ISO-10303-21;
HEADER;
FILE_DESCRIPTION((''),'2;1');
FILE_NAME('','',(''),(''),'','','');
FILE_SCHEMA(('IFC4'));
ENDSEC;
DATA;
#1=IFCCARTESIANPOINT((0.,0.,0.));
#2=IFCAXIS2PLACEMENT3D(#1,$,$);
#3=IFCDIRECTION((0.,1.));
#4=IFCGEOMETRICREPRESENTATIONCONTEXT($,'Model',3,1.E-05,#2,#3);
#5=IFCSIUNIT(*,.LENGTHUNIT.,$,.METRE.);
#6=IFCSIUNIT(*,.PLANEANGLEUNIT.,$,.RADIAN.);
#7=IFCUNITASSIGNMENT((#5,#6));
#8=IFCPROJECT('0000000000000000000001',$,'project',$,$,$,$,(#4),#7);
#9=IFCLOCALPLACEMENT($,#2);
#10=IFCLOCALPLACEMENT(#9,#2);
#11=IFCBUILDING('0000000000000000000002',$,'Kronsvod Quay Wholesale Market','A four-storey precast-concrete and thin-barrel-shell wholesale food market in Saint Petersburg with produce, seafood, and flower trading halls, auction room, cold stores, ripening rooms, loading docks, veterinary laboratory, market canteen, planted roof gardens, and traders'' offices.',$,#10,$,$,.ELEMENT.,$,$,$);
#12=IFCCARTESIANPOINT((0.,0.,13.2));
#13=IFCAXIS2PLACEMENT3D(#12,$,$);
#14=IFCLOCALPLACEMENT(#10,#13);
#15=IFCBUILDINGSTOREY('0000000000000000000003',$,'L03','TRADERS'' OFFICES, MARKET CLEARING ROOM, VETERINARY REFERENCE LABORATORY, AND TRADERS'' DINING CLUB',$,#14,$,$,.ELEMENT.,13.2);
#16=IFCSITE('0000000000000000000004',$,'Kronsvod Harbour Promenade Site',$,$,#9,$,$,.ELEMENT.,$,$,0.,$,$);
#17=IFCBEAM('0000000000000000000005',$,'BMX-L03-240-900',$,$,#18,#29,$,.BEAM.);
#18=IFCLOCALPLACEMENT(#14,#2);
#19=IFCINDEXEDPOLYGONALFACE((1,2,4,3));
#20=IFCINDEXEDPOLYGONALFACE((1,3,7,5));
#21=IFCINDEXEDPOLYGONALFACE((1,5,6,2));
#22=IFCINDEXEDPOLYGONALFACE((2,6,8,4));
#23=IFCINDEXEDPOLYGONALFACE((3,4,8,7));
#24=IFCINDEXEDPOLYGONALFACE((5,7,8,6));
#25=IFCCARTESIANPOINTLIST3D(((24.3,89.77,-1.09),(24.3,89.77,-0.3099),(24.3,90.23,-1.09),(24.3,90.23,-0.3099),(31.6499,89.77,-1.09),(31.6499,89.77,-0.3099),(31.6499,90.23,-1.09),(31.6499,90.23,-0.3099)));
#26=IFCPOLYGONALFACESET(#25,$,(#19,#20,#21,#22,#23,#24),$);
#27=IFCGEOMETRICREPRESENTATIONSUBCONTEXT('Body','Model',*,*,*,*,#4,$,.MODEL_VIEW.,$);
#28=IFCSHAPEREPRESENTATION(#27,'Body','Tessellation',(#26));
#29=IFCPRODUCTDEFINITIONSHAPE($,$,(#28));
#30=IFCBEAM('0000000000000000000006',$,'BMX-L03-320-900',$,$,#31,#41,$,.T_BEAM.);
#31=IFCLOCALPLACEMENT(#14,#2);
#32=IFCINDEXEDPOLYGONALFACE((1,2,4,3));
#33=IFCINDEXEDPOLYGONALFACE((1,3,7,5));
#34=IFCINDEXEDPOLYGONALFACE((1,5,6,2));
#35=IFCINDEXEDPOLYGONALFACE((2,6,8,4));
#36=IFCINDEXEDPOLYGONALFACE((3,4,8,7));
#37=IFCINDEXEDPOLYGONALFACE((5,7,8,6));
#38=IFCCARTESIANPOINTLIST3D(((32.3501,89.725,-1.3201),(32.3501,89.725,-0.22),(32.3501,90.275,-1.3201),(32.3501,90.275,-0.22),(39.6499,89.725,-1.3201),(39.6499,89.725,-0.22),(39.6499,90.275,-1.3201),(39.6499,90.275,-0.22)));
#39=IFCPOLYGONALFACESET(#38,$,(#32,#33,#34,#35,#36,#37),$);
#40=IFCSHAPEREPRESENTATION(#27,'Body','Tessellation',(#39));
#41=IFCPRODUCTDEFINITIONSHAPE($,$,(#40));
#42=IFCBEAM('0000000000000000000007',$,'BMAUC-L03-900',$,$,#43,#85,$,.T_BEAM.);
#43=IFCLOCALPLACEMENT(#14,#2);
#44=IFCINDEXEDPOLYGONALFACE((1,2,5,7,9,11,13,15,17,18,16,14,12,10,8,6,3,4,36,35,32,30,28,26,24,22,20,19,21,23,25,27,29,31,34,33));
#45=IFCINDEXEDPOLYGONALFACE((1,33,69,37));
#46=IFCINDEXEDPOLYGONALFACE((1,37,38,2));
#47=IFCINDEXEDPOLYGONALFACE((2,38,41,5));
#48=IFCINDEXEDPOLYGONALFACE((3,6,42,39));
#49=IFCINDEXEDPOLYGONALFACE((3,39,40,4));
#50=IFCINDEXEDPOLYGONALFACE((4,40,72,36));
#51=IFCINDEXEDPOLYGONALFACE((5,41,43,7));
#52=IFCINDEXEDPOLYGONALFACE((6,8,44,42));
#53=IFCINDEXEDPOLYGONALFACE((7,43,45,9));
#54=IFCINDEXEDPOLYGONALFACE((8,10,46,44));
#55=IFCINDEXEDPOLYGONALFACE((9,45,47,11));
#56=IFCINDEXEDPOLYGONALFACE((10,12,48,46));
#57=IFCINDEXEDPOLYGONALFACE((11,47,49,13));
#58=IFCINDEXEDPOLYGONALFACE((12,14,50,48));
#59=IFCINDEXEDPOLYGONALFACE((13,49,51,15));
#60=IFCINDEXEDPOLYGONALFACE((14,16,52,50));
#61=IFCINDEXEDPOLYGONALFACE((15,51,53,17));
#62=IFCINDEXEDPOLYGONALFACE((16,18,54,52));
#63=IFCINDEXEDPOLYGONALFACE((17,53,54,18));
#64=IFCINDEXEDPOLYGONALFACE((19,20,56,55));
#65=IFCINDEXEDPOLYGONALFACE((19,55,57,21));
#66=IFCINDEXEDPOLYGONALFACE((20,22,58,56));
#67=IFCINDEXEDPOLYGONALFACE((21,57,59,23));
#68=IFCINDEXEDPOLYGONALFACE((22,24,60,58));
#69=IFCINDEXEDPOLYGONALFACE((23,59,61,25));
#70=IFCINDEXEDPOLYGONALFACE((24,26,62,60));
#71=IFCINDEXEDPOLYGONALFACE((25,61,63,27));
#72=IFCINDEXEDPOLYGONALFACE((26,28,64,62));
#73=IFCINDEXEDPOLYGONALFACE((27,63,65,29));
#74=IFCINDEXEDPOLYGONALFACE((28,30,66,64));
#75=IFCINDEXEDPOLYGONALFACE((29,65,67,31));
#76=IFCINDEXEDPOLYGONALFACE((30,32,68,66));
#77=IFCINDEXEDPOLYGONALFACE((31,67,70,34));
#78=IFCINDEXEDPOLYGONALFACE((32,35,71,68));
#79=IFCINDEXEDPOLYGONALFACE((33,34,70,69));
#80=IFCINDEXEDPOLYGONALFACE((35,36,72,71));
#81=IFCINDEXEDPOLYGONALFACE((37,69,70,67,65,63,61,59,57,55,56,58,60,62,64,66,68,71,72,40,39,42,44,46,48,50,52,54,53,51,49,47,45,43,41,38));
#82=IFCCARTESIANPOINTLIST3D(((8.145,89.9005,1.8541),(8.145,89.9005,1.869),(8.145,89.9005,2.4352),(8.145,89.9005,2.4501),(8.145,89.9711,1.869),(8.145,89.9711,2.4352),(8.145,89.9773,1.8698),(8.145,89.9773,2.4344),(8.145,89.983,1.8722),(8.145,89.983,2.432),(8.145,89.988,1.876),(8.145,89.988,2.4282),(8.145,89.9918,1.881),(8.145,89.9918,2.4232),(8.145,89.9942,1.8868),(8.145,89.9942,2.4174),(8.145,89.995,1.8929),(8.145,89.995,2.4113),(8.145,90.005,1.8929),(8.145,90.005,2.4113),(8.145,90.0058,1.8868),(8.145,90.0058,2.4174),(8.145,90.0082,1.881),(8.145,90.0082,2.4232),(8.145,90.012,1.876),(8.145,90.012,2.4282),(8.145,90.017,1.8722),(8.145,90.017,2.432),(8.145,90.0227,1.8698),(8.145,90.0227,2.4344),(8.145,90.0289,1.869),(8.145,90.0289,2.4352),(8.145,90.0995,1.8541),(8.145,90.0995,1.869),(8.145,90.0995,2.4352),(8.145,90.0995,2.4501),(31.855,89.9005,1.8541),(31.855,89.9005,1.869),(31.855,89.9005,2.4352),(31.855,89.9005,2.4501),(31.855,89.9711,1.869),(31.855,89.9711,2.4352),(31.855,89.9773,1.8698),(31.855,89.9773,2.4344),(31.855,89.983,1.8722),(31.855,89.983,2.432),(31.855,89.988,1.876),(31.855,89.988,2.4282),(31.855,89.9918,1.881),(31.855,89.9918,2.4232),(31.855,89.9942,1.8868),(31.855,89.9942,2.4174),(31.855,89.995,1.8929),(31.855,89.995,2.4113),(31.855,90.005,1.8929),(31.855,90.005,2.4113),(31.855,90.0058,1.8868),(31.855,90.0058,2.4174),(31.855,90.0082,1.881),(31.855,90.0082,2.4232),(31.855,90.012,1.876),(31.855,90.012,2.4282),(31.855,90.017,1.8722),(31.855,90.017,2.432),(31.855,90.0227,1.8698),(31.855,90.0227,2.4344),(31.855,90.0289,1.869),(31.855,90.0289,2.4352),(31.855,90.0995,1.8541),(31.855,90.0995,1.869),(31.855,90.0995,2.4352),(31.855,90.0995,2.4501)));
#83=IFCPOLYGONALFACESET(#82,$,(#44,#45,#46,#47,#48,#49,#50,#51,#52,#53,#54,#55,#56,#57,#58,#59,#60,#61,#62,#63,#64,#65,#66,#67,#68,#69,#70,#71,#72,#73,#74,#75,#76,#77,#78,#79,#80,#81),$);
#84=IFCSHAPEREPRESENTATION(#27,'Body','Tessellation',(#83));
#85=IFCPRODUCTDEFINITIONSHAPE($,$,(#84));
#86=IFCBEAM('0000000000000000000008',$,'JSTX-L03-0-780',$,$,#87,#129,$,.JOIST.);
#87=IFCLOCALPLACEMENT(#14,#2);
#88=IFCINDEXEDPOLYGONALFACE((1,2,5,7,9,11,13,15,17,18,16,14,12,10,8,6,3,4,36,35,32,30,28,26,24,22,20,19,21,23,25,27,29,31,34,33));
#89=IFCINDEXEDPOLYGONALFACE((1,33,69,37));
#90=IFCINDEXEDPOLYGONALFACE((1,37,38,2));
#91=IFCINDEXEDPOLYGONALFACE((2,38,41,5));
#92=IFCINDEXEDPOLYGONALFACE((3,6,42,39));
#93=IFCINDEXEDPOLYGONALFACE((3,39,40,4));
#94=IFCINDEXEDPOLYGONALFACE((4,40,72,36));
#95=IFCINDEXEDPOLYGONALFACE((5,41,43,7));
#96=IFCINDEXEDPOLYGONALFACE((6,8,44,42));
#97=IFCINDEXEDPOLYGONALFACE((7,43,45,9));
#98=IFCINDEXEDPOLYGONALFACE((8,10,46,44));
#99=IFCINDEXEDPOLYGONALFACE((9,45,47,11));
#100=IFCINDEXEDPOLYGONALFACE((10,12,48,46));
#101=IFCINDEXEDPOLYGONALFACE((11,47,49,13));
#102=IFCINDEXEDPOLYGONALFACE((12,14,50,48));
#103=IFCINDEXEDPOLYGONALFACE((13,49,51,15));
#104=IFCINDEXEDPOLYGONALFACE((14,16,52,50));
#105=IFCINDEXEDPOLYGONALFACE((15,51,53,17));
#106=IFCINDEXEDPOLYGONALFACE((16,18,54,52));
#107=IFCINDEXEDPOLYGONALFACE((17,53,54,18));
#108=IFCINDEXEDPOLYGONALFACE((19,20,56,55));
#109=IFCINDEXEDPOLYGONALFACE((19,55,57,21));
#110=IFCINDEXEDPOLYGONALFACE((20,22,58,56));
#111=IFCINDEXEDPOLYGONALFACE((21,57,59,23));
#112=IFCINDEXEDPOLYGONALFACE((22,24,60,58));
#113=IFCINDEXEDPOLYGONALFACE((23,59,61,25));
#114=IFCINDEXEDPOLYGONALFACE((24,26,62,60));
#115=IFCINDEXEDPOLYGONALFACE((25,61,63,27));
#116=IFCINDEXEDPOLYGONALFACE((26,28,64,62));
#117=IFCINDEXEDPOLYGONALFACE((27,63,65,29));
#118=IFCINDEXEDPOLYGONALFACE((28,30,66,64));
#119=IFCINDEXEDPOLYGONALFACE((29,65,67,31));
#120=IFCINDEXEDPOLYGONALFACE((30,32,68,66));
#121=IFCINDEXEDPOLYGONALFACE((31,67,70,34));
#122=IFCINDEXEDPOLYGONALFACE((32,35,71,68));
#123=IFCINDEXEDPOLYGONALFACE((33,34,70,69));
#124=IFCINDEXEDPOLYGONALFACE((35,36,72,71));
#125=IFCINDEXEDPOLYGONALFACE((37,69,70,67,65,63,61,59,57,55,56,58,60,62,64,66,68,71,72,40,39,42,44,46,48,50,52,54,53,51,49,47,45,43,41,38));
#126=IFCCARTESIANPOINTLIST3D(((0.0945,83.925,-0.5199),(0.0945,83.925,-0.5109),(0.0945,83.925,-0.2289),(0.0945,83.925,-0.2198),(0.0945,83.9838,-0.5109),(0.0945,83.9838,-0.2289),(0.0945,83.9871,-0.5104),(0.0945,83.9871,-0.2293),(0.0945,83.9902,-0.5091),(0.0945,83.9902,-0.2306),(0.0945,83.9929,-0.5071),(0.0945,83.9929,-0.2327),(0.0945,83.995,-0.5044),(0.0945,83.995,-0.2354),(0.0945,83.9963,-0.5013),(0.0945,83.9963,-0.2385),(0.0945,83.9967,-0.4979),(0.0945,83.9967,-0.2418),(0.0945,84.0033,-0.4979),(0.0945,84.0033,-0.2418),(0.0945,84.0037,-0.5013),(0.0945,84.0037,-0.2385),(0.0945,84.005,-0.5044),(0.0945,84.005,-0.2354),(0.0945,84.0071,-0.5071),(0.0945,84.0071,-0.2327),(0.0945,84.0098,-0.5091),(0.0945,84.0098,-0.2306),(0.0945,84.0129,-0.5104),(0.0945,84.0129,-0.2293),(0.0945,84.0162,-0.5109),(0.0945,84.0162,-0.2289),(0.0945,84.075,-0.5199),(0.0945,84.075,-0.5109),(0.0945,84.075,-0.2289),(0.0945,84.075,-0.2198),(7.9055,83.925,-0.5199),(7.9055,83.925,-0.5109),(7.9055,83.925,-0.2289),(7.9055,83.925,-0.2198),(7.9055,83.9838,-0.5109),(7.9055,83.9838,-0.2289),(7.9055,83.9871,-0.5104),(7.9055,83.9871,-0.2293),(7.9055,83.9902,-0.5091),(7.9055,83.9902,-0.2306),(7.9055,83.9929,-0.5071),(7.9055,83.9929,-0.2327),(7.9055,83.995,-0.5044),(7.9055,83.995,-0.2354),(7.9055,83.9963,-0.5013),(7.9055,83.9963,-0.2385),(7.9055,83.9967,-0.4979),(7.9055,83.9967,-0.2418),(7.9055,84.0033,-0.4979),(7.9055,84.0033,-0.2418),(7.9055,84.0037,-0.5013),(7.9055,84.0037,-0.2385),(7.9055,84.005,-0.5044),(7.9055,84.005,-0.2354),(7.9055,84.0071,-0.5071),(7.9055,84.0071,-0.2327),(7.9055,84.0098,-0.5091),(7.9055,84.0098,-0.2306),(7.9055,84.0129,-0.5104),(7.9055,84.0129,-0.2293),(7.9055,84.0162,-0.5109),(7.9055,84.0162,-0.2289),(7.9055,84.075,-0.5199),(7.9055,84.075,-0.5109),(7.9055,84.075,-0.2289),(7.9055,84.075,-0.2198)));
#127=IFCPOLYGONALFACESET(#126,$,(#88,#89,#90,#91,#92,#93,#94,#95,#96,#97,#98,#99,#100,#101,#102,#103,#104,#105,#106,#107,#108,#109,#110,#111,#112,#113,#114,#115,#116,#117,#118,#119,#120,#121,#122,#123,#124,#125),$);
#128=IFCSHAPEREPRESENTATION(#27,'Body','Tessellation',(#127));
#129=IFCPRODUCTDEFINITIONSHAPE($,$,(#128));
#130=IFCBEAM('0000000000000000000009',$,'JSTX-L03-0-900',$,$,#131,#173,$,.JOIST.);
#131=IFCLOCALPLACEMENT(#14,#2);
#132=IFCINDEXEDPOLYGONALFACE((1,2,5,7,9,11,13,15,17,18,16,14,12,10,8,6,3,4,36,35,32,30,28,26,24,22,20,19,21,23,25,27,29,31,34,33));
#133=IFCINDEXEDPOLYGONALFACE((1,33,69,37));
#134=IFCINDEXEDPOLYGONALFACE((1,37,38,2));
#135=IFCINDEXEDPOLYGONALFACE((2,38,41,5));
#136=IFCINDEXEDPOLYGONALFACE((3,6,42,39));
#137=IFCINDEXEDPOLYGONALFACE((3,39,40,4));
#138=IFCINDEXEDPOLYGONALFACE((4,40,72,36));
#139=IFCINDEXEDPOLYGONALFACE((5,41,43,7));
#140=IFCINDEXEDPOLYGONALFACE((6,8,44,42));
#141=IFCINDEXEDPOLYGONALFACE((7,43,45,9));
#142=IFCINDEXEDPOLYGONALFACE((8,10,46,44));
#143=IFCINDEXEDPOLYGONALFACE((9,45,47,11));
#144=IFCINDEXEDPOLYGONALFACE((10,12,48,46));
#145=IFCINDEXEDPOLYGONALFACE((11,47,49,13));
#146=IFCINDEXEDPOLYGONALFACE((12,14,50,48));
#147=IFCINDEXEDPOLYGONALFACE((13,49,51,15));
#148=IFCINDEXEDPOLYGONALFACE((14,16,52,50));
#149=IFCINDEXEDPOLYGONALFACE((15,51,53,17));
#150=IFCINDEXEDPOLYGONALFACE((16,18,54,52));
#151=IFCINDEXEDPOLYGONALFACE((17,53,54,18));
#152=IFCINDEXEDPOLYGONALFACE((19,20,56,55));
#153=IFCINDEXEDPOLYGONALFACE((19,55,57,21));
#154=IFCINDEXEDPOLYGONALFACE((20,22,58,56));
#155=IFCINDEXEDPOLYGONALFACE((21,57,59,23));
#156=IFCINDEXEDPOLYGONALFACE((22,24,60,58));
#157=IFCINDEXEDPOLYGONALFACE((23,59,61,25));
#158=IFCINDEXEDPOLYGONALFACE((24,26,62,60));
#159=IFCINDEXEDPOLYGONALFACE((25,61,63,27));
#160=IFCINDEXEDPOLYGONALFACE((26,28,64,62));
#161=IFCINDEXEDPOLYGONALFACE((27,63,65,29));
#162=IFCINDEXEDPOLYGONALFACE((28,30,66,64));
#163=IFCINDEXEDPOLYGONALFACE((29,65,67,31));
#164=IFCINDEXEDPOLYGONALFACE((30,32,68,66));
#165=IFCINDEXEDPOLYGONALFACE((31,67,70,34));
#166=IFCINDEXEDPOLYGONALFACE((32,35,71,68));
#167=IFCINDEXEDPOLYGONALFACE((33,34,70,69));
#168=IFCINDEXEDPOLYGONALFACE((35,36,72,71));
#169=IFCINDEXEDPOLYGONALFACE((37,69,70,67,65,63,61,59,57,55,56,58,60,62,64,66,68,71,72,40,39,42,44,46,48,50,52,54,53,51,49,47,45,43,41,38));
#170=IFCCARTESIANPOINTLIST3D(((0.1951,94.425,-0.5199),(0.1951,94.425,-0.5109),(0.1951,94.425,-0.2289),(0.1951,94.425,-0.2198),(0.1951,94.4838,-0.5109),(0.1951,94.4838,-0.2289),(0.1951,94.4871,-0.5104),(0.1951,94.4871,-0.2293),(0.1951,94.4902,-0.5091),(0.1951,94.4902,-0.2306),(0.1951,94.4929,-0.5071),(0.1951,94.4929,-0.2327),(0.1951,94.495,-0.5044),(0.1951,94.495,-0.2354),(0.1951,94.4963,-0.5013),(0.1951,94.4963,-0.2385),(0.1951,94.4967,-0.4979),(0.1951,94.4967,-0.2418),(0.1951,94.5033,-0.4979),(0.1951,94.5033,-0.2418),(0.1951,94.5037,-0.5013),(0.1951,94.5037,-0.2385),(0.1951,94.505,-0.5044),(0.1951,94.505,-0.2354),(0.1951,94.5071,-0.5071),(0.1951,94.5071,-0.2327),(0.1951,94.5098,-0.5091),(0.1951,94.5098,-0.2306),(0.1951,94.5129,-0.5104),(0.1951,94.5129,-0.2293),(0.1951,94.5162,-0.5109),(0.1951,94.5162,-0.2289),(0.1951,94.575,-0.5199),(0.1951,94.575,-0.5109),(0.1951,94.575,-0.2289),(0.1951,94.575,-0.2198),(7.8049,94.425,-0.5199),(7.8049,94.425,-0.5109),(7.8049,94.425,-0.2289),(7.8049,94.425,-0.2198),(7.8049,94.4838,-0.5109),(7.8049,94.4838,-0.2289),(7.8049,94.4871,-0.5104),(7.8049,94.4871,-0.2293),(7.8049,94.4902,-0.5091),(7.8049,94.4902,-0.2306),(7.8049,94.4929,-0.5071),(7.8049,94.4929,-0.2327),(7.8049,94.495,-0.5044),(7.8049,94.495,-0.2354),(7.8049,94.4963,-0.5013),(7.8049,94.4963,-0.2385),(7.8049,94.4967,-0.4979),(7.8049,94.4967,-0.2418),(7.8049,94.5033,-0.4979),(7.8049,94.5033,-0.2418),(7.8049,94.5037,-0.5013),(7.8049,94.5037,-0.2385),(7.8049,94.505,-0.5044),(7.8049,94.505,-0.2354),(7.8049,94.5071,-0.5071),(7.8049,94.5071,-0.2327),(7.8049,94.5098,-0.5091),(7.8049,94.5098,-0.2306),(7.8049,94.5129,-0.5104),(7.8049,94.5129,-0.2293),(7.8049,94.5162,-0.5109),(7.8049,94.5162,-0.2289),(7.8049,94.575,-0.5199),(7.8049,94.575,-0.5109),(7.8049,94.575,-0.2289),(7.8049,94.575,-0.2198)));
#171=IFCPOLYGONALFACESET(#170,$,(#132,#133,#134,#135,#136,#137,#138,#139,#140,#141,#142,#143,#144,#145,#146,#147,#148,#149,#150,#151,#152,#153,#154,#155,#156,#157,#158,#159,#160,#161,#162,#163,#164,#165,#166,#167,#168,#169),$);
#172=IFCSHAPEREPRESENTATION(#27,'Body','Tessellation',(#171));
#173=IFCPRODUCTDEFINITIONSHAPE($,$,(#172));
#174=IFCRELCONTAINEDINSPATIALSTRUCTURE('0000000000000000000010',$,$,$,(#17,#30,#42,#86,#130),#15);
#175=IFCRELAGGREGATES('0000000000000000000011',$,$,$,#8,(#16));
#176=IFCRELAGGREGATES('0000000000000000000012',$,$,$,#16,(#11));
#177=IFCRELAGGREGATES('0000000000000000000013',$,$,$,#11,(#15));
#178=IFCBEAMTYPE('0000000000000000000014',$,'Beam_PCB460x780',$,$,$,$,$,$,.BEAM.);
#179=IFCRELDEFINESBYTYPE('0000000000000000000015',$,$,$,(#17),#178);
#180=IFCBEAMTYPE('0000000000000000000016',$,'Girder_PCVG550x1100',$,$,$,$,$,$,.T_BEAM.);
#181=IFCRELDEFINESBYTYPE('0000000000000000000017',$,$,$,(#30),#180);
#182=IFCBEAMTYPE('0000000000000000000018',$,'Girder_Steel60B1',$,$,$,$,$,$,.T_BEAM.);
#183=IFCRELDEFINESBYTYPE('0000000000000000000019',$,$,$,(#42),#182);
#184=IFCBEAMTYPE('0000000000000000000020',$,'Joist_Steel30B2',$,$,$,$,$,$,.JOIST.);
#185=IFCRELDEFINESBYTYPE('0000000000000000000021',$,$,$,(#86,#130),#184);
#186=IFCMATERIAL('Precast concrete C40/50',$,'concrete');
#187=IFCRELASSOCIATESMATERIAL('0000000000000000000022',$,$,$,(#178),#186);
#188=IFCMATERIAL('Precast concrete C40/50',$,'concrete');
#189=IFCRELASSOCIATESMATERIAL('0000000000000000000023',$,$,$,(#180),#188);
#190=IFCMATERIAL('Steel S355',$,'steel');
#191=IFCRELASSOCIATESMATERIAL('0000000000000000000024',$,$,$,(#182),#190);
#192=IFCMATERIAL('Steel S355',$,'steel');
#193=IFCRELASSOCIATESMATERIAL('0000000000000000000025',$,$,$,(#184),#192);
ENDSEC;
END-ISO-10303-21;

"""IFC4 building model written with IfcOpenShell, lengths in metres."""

from ifc_helpers import new_model, si_unit, direction, frame, origin, origin_2d, place, context, subcontext, project, spatial, rectangle, i_section, extrude, material, material_profile, profile_set, type_object, element, save


model = new_model("IFC4")

# Units and contexts
model_context = context("Model", 3, precision=1e-05, world=origin(), true_north=direction((0.0, 1.0)))
body_context = subcontext(model_context, "Body", "Model", "MODEL_VIEW")
ifc_project = project(units=[si_unit("LENGTHUNIT", "METRE"), si_unit("PLANEANGLEUNIT", "RADIAN")], contexts=[model_context])

# Site, building, storey
site_placement = place(None, origin())
site = spatial("IfcSite", under=ifc_project, at=site_placement, Name="Kronsvod Harbour Promenade Site", CompositionType="ELEMENT", RefElevation=0.0)
building_placement = place(site_placement, origin())
building = spatial("IfcBuilding", under=site, at=building_placement, Name="Kronsvod Quay Wholesale Market", Description="A four-storey precast-concrete and thin-barrel-shell wholesale food market in Saint Petersburg with produce, seafood, and flower trading halls, auction room, cold stores, ripening rooms, loading docks, veterinary laboratory, market canteen, planted roof gardens, and traders' offices.", CompositionType="ELEMENT")
storey_placement = place(building_placement, frame((0.0, 0.0, 13.2)))
storey = spatial("IfcBuildingStorey", under=building, at=storey_placement, Name="L03", Description="TRADERS' OFFICES, MARKET CLEARING ROOM, VETERINARY REFERENCE LABORATORY, AND TRADERS' DINING CLUB", CompositionType="ELEMENT", Elevation=13.2)

# Beams
ifc_material_1 = material(Name="Precast concrete C40/50", Category="concrete")
ifc_material_profile_1 = material_profile(ifc_material_1, rectangle(XDim=0.46, YDim=0.78, at=origin_2d()), Name="PB-03")
ifc_profile_set_1 = profile_set([ifc_material_profile_1], Name="Precast concrete C40/50")
beam_type_1 = type_object("IfcBeamType", Name="Beam_PCB460x780", PredefinedType="BEAM", material=ifc_profile_set_1)
beam_1_placement = place(storey_placement, frame((24.3, 90.0, -0.7), z_axis=(1.0, 0.0, 0.0), x_axis=(0.0, 1.0, 0.0)))
element("IfcBeam", 1, at=beam_1_placement, inside=storey, type_object=beam_type_1, Name="BMX-L03-240-900", PredefinedType="BEAM", context=body_context, shape_type="SweptSolid", body=[
    extrude(rectangle(XDim=0.46, YDim=0.78, at=origin_2d()), origin(), (0.0, 0.0, 1.0), 7.3499),
])
ifc_material_2 = material(Name="Precast concrete C40/50", Category="concrete")
ifc_material_profile_2 = material_profile(ifc_material_2, rectangle(XDim=0.55, YDim=1.1001, at=origin_2d()), Name="PCVG550x1100")
ifc_profile_set_2 = profile_set([ifc_material_profile_2], Name="Precast concrete C40/50")
beam_type_2 = type_object("IfcBeamType", Name="Girder_PCVG550x1100", PredefinedType="T_BEAM", material=ifc_profile_set_2)
beam_2_placement = place(storey_placement, frame((32.3501, 90.0, -0.77), z_axis=(1.0, 0.0, 0.0), x_axis=(0.0, 1.0, 0.0)))
element("IfcBeam", 2, at=beam_2_placement, inside=storey, type_object=beam_type_2, Name="BMX-L03-320-900", PredefinedType="T_BEAM", context=body_context, shape_type="SweptSolid", body=[
    extrude(rectangle(XDim=0.55, YDim=1.1001, at=origin_2d()), origin(), (0.0, 0.0, 1.0), 7.2998),
])
ifc_material_3 = material(Name="Steel S355", Category="steel")
ifc_material_profile_3 = material_profile(ifc_material_3, i_section(OverallWidth=0.199, OverallDepth=0.5959, WebThickness=0.01, FlangeThickness=0.0149, FilletRadius=0.0239, at=origin_2d()), Name="60B1")
ifc_profile_set_3 = profile_set([ifc_material_profile_3], Name="Steel S355")
beam_type_3 = type_object("IfcBeamType", Name="Girder_Steel60B1", PredefinedType="T_BEAM", material=ifc_profile_set_3)
beam_3_placement = place(storey_placement, frame((8.145, 90.0, 2.1521), z_axis=(1.0, 0.0, 0.0), x_axis=(0.0, 1.0, 0.0)))
element("IfcBeam", 3, at=beam_3_placement, inside=storey, type_object=beam_type_3, Name="BMAUC-L03-900", PredefinedType="T_BEAM", context=body_context, shape_type="SweptSolid", body=[
    extrude(i_section(OverallWidth=0.199, OverallDepth=0.5959, WebThickness=0.01, FlangeThickness=0.0149, FilletRadius=0.0239, at=origin_2d()), origin(), (0.0, 0.0, 1.0), 23.71),
])
ifc_material_4 = material(Name="Steel S355", Category="steel")
ifc_material_profile_4 = material_profile(ifc_material_4, i_section(OverallWidth=0.1499, OverallDepth=0.3, WebThickness=0.0066, FlangeThickness=0.009, FilletRadius=0.0129, at=origin_2d()), Name="30B2")
ifc_profile_set_4 = profile_set([ifc_material_profile_4], Name="Steel S355")
beam_type_4 = type_object("IfcBeamType", Name="Joist_Steel30B2", PredefinedType="JOIST", material=ifc_profile_set_4)
beam_4_placement = place(storey_placement, frame((0.0945, 84.0, -0.3699), z_axis=(1.0, 0.0, 0.0), x_axis=(0.0, 1.0, 0.0)))
element("IfcBeam", 4, at=beam_4_placement, inside=storey, type_object=beam_type_4, Name="JSTX-L03-0-780", PredefinedType="JOIST", context=body_context, shape_type="SweptSolid", body=[
    extrude(i_section(OverallWidth=0.1499, OverallDepth=0.3, WebThickness=0.0066, FlangeThickness=0.009, FilletRadius=0.0129, at=origin_2d()), origin(), (0.0, 0.0, 1.0), 7.811),
])
beam_5_placement = place(storey_placement, frame((0.1951, 94.5, -0.3699), z_axis=(1.0, 0.0, 0.0), x_axis=(0.0, 1.0, 0.0)))
element("IfcBeam", 5, at=beam_5_placement, inside=storey, type_object=beam_type_4, Name="JSTX-L03-0-900", PredefinedType="JOIST", context=body_context, shape_type="SweptSolid", body=[
    extrude(i_section(OverallWidth=0.1499, OverallDepth=0.3, WebThickness=0.0066, FlangeThickness=0.009, FilletRadius=0.0129, at=origin_2d()), origin(), (0.0, 0.0, 1.0), 7.6099),
])

save(model, "model.ifc")
